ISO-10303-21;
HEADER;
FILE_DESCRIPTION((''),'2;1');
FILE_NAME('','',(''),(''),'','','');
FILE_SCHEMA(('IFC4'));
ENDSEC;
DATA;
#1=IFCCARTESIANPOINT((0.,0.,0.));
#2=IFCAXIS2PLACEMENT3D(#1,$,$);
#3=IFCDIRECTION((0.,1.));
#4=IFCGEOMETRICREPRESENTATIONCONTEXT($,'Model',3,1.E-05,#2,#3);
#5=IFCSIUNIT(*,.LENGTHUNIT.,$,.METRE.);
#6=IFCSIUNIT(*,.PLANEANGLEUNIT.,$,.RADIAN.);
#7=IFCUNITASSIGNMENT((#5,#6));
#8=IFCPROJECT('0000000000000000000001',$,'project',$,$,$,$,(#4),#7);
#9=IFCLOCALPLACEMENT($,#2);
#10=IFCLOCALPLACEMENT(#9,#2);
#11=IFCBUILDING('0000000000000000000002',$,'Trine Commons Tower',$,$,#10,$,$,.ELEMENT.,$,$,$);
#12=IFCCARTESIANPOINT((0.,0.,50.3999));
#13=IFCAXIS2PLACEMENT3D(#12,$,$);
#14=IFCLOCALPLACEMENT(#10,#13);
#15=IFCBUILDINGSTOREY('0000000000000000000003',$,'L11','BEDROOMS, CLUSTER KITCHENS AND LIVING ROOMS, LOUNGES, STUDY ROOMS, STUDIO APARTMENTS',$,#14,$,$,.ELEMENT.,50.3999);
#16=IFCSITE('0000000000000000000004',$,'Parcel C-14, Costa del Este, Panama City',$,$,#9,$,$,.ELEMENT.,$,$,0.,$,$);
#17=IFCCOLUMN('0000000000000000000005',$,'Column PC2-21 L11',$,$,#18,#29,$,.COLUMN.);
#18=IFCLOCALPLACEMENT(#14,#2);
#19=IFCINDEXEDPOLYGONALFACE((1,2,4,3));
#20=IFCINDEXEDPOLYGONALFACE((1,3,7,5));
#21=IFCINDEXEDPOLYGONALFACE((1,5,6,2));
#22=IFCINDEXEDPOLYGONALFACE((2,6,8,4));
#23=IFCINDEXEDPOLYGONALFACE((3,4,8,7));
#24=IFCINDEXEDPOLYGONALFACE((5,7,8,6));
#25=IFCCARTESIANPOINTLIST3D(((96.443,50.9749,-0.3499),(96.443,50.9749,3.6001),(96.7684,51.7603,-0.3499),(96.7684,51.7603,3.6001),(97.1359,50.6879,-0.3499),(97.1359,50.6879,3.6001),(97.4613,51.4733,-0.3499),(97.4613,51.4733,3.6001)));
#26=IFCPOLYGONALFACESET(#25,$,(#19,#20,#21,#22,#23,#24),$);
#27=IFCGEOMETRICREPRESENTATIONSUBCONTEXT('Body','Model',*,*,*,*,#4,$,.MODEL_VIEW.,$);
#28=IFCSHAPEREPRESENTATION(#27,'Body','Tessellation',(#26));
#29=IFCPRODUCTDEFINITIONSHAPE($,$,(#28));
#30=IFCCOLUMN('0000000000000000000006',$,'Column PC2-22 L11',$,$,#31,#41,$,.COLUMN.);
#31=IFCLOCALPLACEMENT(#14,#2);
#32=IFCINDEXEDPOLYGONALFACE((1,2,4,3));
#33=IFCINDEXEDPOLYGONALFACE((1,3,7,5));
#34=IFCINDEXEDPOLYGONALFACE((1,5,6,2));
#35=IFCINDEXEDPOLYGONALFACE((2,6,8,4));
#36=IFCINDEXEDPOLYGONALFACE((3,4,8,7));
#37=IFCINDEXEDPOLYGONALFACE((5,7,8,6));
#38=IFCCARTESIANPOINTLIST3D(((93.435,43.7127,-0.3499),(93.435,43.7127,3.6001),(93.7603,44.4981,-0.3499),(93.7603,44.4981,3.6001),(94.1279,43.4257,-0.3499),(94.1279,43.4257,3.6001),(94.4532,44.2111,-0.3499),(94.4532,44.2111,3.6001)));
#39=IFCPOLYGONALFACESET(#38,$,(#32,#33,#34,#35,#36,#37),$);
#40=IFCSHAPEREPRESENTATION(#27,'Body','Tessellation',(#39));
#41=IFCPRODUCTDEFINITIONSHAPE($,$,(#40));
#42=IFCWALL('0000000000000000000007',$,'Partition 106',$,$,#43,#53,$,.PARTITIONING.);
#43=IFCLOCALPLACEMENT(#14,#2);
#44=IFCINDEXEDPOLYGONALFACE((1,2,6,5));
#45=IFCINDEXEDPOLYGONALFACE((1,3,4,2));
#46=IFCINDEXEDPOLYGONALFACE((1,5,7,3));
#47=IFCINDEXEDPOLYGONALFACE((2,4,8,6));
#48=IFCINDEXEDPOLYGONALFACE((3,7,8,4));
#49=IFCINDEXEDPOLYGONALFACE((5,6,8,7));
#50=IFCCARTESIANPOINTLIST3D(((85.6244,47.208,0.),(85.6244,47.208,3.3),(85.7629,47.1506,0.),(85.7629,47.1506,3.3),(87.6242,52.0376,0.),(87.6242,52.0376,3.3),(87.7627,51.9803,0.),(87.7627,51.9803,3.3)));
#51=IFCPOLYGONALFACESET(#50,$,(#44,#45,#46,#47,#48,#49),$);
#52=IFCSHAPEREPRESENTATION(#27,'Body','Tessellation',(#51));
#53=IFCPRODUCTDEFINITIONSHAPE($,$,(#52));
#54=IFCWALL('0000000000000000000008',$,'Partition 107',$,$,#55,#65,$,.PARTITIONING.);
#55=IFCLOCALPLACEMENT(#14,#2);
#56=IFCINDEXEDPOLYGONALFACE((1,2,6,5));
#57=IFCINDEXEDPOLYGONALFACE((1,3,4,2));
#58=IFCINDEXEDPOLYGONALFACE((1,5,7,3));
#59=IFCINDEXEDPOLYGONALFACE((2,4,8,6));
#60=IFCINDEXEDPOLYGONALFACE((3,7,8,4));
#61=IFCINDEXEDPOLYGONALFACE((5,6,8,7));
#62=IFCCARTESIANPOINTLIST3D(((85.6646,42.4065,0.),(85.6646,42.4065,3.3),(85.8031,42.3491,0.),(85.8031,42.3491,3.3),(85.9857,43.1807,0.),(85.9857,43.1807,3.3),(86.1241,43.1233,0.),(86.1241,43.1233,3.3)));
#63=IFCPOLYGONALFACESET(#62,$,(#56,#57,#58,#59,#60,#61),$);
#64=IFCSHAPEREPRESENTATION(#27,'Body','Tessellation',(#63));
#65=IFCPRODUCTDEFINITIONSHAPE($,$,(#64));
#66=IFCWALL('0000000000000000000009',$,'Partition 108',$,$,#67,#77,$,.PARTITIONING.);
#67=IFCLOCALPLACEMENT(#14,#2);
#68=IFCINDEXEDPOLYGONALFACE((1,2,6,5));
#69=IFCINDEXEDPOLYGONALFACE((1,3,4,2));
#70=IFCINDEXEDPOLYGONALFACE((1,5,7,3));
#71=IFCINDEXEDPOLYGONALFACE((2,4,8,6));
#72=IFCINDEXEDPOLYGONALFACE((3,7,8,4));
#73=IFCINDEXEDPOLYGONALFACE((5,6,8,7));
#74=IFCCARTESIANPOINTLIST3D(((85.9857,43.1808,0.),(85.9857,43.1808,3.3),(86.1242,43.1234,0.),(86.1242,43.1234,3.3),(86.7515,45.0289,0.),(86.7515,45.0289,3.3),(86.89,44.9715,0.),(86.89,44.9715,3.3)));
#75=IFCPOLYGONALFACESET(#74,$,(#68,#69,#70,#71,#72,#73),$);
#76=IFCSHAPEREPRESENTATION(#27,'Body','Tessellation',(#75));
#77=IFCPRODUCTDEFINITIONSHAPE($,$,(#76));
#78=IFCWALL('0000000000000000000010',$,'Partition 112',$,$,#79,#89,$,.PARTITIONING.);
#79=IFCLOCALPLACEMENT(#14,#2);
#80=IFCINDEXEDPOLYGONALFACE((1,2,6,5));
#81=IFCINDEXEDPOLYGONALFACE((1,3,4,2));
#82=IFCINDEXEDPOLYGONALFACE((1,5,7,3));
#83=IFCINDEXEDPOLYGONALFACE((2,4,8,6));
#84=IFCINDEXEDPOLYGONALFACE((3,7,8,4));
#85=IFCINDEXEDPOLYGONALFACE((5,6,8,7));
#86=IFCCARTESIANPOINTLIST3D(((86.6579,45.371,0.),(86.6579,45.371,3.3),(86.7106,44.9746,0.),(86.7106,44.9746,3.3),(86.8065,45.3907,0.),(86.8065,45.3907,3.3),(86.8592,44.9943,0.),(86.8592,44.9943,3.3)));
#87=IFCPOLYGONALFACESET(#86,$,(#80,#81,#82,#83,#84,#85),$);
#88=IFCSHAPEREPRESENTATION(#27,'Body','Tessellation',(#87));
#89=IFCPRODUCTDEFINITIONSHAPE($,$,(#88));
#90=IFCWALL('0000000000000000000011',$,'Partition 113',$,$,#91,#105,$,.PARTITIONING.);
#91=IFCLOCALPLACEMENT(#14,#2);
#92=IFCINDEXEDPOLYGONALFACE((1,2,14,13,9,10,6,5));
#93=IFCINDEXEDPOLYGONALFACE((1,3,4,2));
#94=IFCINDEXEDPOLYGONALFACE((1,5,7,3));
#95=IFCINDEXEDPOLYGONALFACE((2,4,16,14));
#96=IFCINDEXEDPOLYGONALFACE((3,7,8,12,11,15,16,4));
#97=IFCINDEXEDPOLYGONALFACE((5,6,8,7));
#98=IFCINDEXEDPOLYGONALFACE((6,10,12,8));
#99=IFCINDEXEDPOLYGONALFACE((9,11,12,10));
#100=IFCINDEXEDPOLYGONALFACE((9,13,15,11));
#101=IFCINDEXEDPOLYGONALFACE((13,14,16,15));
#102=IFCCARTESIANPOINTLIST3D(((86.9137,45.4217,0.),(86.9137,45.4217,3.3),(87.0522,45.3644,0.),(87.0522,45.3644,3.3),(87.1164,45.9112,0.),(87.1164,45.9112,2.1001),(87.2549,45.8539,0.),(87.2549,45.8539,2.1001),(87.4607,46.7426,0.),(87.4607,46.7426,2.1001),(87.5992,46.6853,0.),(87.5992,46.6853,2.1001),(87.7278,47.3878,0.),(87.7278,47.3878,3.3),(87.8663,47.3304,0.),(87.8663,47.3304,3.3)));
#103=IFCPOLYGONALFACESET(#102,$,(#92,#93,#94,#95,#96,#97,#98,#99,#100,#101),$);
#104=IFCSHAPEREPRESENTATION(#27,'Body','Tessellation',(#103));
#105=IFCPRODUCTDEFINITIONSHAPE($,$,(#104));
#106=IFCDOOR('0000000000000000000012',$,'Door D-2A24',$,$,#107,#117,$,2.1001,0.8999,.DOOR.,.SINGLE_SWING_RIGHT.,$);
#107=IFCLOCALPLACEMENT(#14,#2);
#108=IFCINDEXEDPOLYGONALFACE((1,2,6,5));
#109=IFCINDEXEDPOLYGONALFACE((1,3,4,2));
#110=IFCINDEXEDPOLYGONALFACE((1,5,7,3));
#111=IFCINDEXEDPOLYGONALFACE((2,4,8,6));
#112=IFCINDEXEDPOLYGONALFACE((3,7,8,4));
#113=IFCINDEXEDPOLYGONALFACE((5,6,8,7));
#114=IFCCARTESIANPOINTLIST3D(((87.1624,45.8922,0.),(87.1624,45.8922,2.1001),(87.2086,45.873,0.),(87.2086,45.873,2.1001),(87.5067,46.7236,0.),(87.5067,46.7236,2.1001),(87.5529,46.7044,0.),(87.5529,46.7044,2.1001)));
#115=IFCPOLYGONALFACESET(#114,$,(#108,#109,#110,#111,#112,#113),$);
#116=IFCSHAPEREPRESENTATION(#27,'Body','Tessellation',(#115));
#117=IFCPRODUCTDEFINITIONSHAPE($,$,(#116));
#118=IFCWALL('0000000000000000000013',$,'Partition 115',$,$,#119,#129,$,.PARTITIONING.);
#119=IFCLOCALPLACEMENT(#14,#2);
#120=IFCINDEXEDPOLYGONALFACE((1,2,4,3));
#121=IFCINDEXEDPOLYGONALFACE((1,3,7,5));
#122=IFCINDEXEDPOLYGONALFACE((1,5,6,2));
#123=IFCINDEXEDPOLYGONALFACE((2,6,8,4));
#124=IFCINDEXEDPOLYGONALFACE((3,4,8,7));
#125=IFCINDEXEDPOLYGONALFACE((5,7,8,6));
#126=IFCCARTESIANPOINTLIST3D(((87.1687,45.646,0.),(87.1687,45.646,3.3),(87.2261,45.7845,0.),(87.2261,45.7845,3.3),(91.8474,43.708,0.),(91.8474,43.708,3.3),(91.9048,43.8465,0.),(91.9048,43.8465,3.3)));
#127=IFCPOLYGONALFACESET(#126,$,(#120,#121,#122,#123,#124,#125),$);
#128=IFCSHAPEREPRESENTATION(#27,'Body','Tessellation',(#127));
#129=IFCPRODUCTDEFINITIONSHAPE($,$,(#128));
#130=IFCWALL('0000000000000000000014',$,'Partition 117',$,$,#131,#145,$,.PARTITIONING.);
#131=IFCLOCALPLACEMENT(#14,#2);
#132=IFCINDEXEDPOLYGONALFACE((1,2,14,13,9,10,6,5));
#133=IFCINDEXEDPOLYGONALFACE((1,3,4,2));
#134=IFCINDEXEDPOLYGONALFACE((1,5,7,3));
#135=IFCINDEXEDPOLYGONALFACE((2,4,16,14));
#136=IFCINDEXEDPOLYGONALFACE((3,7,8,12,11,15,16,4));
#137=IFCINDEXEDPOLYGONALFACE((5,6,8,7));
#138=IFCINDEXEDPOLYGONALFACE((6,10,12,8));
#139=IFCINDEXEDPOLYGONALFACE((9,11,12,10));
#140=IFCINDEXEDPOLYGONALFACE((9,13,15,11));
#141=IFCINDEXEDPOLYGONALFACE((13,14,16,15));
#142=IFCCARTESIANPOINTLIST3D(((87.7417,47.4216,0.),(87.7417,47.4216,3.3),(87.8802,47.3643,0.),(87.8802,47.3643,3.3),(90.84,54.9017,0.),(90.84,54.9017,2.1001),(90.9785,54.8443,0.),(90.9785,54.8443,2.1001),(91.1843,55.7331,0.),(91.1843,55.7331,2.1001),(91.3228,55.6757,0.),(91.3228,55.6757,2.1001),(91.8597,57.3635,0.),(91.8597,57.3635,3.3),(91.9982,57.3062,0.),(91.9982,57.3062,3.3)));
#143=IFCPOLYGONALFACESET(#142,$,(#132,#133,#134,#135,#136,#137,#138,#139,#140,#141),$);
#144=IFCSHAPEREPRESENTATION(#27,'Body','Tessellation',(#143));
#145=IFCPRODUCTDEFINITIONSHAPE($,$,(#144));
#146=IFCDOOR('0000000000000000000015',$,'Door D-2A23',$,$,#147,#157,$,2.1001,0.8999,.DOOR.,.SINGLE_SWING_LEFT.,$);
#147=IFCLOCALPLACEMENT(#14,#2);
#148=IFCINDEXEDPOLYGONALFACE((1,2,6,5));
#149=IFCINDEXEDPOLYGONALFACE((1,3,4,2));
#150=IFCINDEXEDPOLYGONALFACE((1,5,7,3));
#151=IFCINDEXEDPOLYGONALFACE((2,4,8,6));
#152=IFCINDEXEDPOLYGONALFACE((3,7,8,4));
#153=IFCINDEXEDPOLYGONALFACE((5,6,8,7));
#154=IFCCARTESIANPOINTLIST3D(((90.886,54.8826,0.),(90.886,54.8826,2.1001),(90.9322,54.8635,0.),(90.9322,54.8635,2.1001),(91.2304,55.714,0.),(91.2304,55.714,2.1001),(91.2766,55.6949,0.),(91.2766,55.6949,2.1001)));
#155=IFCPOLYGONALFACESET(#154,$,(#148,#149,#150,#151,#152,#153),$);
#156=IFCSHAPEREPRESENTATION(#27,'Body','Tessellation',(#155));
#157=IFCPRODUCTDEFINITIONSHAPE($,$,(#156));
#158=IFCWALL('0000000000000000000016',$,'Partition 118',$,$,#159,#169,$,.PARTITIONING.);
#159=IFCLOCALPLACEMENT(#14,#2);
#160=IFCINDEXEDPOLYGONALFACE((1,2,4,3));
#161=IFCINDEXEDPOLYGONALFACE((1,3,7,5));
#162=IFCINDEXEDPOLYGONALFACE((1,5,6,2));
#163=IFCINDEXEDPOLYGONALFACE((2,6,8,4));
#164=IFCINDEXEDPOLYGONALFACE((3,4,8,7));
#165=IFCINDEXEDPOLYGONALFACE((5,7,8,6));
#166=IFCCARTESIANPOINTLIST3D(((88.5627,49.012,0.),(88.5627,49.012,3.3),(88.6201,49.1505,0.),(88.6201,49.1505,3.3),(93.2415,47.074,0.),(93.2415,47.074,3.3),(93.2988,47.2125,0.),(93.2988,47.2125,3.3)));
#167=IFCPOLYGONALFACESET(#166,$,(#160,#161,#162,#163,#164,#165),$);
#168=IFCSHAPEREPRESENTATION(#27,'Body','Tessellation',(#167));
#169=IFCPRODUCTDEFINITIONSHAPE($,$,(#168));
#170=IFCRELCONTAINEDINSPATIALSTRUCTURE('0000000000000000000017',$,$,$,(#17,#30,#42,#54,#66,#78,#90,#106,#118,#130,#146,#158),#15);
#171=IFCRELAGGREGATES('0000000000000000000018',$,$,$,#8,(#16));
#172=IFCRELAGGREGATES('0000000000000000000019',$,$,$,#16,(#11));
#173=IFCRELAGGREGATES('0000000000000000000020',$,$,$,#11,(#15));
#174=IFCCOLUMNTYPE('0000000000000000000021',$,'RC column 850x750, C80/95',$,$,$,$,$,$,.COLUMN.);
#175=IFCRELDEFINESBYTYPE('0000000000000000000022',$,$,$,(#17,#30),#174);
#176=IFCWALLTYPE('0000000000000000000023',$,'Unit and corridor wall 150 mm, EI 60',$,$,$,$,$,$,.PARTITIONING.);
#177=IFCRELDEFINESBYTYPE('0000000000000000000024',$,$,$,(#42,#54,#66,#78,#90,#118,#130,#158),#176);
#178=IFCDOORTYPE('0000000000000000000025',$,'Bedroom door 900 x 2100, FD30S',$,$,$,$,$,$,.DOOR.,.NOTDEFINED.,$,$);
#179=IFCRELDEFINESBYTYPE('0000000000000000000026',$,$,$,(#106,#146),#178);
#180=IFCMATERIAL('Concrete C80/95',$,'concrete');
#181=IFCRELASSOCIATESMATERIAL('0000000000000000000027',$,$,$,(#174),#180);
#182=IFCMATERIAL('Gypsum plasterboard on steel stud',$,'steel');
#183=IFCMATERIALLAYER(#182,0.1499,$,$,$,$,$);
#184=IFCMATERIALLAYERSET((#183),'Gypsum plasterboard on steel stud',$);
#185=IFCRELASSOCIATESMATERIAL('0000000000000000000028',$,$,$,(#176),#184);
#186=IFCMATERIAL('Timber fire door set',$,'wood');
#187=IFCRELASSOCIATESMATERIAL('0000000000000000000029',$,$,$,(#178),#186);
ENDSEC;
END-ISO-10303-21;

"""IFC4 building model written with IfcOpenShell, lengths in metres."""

from ifc_helpers import new_model, si_unit, direction, frame, frame_2d, origin, origin_2d, place, context, subcontext, project, spatial, rectangle, extrude, material, layer, layer_set, material_profile, profile_set, type_object, element, fill, save


model = new_model("IFC4")

# Units and contexts
model_context = context("Model", 3, precision=1e-05, world=origin(), true_north=direction((0.0, 1.0)))
body_context = subcontext(model_context, "Body", "Model", "MODEL_VIEW")
ifc_project = project(units=[si_unit("LENGTHUNIT", "METRE"), si_unit("PLANEANGLEUNIT", "RADIAN")], contexts=[model_context])

# Site, building, storey
site_placement = place(None, origin())
site = spatial("IfcSite", under=ifc_project, at=site_placement, Name="Parcel C-14, Costa del Este, Panama City", CompositionType="ELEMENT", RefElevation=0.0)
building_placement = place(site_placement, origin())
building = spatial("IfcBuilding", under=site, at=building_placement, Name="Trine Commons Tower", CompositionType="ELEMENT")
storey_placement = place(building_placement, frame((0.0, 0.0, 50.3999)))
storey = spatial("IfcBuildingStorey", under=building, at=storey_placement, Name="L11", Description="BEDROOMS, CLUSTER KITCHENS AND LIVING ROOMS, LOUNGES, STUDY ROOMS, STUDIO APARTMENTS", CompositionType="ELEMENT", Elevation=50.3999)

# Columns
ifc_material_1 = material(Name="Concrete C80/95", Category="concrete")
ifc_material_profile = material_profile(ifc_material_1, rectangle(XDim=0.8501, YDim=0.75, at=origin_2d()), Name="RC 850x750")
ifc_profile_set = profile_set([ifc_material_profile], Name="Concrete C80/95")
column_type = type_object("IfcColumnType", Name="RC column 850x750, C80/95", PredefinedType="COLUMN", material=ifc_profile_set)
for number, where, z_axis, x_axis, name in (
    (1, (96.9521, 51.2241, -0.3499), (0.0, 0.0, 1.0), (0.382683, 0.92388, 0.0), "Column PC2-21 L11"),
    (2, (93.9441, 43.9619, -0.3499), (0.0, 0.0, 1.0), (0.382683, 0.92388, 0.0), "Column PC2-22 L11"),
):
    element("IfcColumn", number, at=place(storey_placement, frame(where, z_axis=z_axis, x_axis=x_axis)), inside=storey, type_object=column_type, Name=name, PredefinedType="COLUMN", context=body_context, shape_type="SweptSolid", body=[
        extrude(rectangle(XDim=0.8501, YDim=0.75, at=origin_2d()), origin(), (0.0, 0.0, 1.0), 3.95),
    ])

# Walls
ifc_material_2 = material(Name="Gypsum plasterboard on steel stud", Category="steel")
ifc_layer_1 = layer(ifc_material_2, 0.1499)
ifc_layer_set_1 = layer_set([ifc_layer_1], Name="Gypsum plasterboard on steel stud")
wall_type_1 = type_object("IfcWallType", Name="Unit and corridor wall 150 mm, EI 60", PredefinedType="PARTITIONING", material=ifc_layer_set_1)
wall_1_placement = place(storey_placement, frame((85.6936, 47.1792, 0.0), z_axis=(0.0, 0.0, 1.0), x_axis=(0.382565, 0.923929, 0.0)))
element("IfcWall", 3, at=wall_1_placement, inside=storey, type_object=wall_type_1, Name="Partition 106", PredefinedType="PARTITIONING", context=body_context, shape_type="SweptSolid", body=[
    extrude(rectangle(XDim=5.2273, YDim=0.1499, at=frame_2d((2.6138, 0.0))), origin(), (0.0, 0.0, 1.0), 3.3),
])
wall_2_placement = place(storey_placement, frame((85.7339, 42.3779, 0.0), z_axis=(0.0, 0.0, 1.0), x_axis=(0.383064, 0.923722, 0.0)))
element("IfcWall", 4, at=wall_2_placement, inside=storey, type_object=wall_type_1, Name="Partition 107", PredefinedType="PARTITIONING", context=body_context, shape_type="SweptSolid", body=[
    extrude(rectangle(XDim=0.8381, YDim=0.1499, at=frame_2d((0.4189, 0.0))), origin(), (0.0, 0.0, 1.0), 3.3),
])
wall_3_placement = place(storey_placement, frame((86.0549, 43.1521, 0.0), z_axis=(0.0, 0.0, 1.0), x_axis=(0.38283, 0.923819, 0.0)))
element("IfcWall", 5, at=wall_3_placement, inside=storey, type_object=wall_type_1, Name="Partition 108", PredefinedType="PARTITIONING", context=body_context, shape_type="SweptSolid", body=[
    extrude(rectangle(XDim=2.0005, YDim=0.1499, at=frame_2d((1.0002, 0.0))), origin(), (0.0, 0.0, 1.0), 3.3),
])
wall_4_placement = place(storey_placement, frame((86.7322, 45.3809, 0.0), z_axis=(0.0, 0.0, 1.0), x_axis=(0.131844, -0.99127, 0.0)))
element("IfcWall", 6, at=wall_4_placement, inside=storey, type_object=wall_type_1, Name="Partition 112", PredefinedType="PARTITIONING", context=body_context, shape_type="SweptSolid", body=[
    extrude(rectangle(XDim=0.3999, YDim=0.1499, at=frame_2d((0.2, 0.0))), origin(), (0.0, 0.0, 1.0), 3.3),
])

# Wall, opening, door
wall_5_placement = place(storey_placement, frame((86.9829, 45.3931, 0.0), z_axis=(0.0, 0.0, 1.0), x_axis=(0.382619, 0.923906, 0.0)))
wall_5 = element("IfcWall", 7, at=wall_5_placement, inside=storey, type_object=wall_type_1, Name="Partition 113", PredefinedType="PARTITIONING", context=body_context, shape_type="SweptSolid", body=[
    extrude(rectangle(XDim=2.1279, YDim=0.1499, at=frame_2d((1.064, 0.0))), origin(), (0.0, 0.0, 1.0), 3.3),
])
opening_1_placement = place(wall_5_placement, frame((0.5298, 0.0, 0.0)))
opening_1 = element("IfcOpeningElement", 8, at=opening_1_placement, cuts=wall_5, PredefinedType="OPENING", context=body_context, shape_type="SweptSolid", body=[
    extrude(rectangle(XDim=0.8999, YDim=2.1001, at=frame_2d((0.45, 1.05))), frame((0.0, 0.085, 0.0), z_axis=(0.0, -1.0, 0.0), x_axis=(1.0, 0.0, 0.0)), (0.0, 0.0, 1.0), 0.1699),
])
ifc_material_3 = material(Name="Timber fire door set", Category="wood")
door_type_1 = type_object("IfcDoorType", Name="Bedroom door 900 x 2100, FD30S", OperationType="NOTDEFINED", PredefinedType="DOOR", material=ifc_material_3)
door_1_placement = place(opening_1_placement, frame((0.8999, 0.0, 0.0), z_axis=(0.0, 0.0, 1.0), x_axis=(-1.0, 0.0, 0.0)))
door_1 = element("IfcDoor", 9, at=door_1_placement, inside=storey, type_object=door_type_1, Name="Door D-2A24", OperationType="SINGLE_SWING_RIGHT", OverallHeight=2.1001, OverallWidth=0.8999, PredefinedType="DOOR", context=body_context, shape_type="SweptSolid", body=[
    extrude(rectangle(XDim=0.8999, YDim=2.1001, at=frame_2d((0.45, 1.05))), frame((0.0, 0.0249, 0.0), z_axis=(0.0, -1.0, 0.0), x_axis=(1.0, 0.0, 0.0)), (0.0, 0.0, 1.0), 0.05),
])
fill(opening_1, door_1)

# Wall
wall_6_placement = place(storey_placement, frame((87.1973, 45.7153, 0.0), z_axis=(0.0, 0.0, 1.0), x_axis=(0.923879, -0.382684, 0.0)))
element("IfcWall", 10, at=wall_6_placement, inside=storey, type_object=wall_type_1, Name="Partition 115", PredefinedType="PARTITIONING", context=body_context, shape_type="SweptSolid", body=[
    extrude(rectangle(XDim=5.0642, YDim=0.1499, at=frame_2d((2.5322, 0.0))), origin(), (0.0, 0.0, 1.0), 3.3),
])

# Wall, opening, door
wall_7_placement = place(storey_placement, frame((87.811, 47.3931, 0.0), z_axis=(0.0, 0.0, 1.0), x_axis=(0.382672, 0.923884, 0.0)))
wall_7 = element("IfcWall", 11, at=wall_7_placement, inside=storey, type_object=wall_type_1, Name="Partition 117", PredefinedType="PARTITIONING", context=body_context, shape_type="SweptSolid", body=[
    extrude(rectangle(XDim=10.761, YDim=0.1499, at=frame_2d((5.3804, 0.0))), origin(), (0.0, 0.0, 1.0), 3.3),
])
opening_2_placement = place(wall_7_placement, frame((8.0962, 0.0, 0.0)))
opening_2 = element("IfcOpeningElement", 12, at=opening_2_placement, cuts=wall_7, PredefinedType="OPENING", context=body_context, shape_type="SweptSolid", body=[
    extrude(rectangle(XDim=0.8999, YDim=2.1001, at=frame_2d((0.45, 1.05))), frame((0.0, 0.085, 0.0), z_axis=(0.0, -1.0, 0.0), x_axis=(1.0, 0.0, 0.0)), (0.0, 0.0, 1.0), 0.1699),
])
door_2_placement = place(opening_2_placement, frame((0.8999, 0.0, 0.0), z_axis=(0.0, 0.0, 1.0), x_axis=(-1.0, 0.0, 0.0)))
door_2 = element("IfcDoor", 13, at=door_2_placement, inside=storey, type_object=door_type_1, Name="Door D-2A23", OperationType="SINGLE_SWING_LEFT", OverallHeight=2.1001, OverallWidth=0.8999, PredefinedType="DOOR", context=body_context, shape_type="SweptSolid", body=[
    extrude(rectangle(XDim=0.8999, YDim=2.1001, at=frame_2d((0.45, 1.05))), frame((0.0, 0.0249, 0.0), z_axis=(0.0, -1.0, 0.0), x_axis=(1.0, 0.0, 0.0)), (0.0, 0.0, 1.0), 0.05),
])
fill(opening_2, door_2)

# Wall
wall_8_placement = place(storey_placement, frame((88.5913, 49.0813, 0.0), z_axis=(0.0, 0.0, 1.0), x_axis=(0.923879, -0.382684, 0.0)))
element("IfcWall", 14, at=wall_8_placement, inside=storey, type_object=wall_type_1, Name="Partition 118", PredefinedType="PARTITIONING", context=body_context, shape_type="SweptSolid", body=[
    extrude(rectangle(XDim=5.0642, YDim=0.1499, at=frame_2d((2.5322, 0.0))), origin(), (0.0, 0.0, 1.0), 3.3),
])

save(model, "model.ifc")
